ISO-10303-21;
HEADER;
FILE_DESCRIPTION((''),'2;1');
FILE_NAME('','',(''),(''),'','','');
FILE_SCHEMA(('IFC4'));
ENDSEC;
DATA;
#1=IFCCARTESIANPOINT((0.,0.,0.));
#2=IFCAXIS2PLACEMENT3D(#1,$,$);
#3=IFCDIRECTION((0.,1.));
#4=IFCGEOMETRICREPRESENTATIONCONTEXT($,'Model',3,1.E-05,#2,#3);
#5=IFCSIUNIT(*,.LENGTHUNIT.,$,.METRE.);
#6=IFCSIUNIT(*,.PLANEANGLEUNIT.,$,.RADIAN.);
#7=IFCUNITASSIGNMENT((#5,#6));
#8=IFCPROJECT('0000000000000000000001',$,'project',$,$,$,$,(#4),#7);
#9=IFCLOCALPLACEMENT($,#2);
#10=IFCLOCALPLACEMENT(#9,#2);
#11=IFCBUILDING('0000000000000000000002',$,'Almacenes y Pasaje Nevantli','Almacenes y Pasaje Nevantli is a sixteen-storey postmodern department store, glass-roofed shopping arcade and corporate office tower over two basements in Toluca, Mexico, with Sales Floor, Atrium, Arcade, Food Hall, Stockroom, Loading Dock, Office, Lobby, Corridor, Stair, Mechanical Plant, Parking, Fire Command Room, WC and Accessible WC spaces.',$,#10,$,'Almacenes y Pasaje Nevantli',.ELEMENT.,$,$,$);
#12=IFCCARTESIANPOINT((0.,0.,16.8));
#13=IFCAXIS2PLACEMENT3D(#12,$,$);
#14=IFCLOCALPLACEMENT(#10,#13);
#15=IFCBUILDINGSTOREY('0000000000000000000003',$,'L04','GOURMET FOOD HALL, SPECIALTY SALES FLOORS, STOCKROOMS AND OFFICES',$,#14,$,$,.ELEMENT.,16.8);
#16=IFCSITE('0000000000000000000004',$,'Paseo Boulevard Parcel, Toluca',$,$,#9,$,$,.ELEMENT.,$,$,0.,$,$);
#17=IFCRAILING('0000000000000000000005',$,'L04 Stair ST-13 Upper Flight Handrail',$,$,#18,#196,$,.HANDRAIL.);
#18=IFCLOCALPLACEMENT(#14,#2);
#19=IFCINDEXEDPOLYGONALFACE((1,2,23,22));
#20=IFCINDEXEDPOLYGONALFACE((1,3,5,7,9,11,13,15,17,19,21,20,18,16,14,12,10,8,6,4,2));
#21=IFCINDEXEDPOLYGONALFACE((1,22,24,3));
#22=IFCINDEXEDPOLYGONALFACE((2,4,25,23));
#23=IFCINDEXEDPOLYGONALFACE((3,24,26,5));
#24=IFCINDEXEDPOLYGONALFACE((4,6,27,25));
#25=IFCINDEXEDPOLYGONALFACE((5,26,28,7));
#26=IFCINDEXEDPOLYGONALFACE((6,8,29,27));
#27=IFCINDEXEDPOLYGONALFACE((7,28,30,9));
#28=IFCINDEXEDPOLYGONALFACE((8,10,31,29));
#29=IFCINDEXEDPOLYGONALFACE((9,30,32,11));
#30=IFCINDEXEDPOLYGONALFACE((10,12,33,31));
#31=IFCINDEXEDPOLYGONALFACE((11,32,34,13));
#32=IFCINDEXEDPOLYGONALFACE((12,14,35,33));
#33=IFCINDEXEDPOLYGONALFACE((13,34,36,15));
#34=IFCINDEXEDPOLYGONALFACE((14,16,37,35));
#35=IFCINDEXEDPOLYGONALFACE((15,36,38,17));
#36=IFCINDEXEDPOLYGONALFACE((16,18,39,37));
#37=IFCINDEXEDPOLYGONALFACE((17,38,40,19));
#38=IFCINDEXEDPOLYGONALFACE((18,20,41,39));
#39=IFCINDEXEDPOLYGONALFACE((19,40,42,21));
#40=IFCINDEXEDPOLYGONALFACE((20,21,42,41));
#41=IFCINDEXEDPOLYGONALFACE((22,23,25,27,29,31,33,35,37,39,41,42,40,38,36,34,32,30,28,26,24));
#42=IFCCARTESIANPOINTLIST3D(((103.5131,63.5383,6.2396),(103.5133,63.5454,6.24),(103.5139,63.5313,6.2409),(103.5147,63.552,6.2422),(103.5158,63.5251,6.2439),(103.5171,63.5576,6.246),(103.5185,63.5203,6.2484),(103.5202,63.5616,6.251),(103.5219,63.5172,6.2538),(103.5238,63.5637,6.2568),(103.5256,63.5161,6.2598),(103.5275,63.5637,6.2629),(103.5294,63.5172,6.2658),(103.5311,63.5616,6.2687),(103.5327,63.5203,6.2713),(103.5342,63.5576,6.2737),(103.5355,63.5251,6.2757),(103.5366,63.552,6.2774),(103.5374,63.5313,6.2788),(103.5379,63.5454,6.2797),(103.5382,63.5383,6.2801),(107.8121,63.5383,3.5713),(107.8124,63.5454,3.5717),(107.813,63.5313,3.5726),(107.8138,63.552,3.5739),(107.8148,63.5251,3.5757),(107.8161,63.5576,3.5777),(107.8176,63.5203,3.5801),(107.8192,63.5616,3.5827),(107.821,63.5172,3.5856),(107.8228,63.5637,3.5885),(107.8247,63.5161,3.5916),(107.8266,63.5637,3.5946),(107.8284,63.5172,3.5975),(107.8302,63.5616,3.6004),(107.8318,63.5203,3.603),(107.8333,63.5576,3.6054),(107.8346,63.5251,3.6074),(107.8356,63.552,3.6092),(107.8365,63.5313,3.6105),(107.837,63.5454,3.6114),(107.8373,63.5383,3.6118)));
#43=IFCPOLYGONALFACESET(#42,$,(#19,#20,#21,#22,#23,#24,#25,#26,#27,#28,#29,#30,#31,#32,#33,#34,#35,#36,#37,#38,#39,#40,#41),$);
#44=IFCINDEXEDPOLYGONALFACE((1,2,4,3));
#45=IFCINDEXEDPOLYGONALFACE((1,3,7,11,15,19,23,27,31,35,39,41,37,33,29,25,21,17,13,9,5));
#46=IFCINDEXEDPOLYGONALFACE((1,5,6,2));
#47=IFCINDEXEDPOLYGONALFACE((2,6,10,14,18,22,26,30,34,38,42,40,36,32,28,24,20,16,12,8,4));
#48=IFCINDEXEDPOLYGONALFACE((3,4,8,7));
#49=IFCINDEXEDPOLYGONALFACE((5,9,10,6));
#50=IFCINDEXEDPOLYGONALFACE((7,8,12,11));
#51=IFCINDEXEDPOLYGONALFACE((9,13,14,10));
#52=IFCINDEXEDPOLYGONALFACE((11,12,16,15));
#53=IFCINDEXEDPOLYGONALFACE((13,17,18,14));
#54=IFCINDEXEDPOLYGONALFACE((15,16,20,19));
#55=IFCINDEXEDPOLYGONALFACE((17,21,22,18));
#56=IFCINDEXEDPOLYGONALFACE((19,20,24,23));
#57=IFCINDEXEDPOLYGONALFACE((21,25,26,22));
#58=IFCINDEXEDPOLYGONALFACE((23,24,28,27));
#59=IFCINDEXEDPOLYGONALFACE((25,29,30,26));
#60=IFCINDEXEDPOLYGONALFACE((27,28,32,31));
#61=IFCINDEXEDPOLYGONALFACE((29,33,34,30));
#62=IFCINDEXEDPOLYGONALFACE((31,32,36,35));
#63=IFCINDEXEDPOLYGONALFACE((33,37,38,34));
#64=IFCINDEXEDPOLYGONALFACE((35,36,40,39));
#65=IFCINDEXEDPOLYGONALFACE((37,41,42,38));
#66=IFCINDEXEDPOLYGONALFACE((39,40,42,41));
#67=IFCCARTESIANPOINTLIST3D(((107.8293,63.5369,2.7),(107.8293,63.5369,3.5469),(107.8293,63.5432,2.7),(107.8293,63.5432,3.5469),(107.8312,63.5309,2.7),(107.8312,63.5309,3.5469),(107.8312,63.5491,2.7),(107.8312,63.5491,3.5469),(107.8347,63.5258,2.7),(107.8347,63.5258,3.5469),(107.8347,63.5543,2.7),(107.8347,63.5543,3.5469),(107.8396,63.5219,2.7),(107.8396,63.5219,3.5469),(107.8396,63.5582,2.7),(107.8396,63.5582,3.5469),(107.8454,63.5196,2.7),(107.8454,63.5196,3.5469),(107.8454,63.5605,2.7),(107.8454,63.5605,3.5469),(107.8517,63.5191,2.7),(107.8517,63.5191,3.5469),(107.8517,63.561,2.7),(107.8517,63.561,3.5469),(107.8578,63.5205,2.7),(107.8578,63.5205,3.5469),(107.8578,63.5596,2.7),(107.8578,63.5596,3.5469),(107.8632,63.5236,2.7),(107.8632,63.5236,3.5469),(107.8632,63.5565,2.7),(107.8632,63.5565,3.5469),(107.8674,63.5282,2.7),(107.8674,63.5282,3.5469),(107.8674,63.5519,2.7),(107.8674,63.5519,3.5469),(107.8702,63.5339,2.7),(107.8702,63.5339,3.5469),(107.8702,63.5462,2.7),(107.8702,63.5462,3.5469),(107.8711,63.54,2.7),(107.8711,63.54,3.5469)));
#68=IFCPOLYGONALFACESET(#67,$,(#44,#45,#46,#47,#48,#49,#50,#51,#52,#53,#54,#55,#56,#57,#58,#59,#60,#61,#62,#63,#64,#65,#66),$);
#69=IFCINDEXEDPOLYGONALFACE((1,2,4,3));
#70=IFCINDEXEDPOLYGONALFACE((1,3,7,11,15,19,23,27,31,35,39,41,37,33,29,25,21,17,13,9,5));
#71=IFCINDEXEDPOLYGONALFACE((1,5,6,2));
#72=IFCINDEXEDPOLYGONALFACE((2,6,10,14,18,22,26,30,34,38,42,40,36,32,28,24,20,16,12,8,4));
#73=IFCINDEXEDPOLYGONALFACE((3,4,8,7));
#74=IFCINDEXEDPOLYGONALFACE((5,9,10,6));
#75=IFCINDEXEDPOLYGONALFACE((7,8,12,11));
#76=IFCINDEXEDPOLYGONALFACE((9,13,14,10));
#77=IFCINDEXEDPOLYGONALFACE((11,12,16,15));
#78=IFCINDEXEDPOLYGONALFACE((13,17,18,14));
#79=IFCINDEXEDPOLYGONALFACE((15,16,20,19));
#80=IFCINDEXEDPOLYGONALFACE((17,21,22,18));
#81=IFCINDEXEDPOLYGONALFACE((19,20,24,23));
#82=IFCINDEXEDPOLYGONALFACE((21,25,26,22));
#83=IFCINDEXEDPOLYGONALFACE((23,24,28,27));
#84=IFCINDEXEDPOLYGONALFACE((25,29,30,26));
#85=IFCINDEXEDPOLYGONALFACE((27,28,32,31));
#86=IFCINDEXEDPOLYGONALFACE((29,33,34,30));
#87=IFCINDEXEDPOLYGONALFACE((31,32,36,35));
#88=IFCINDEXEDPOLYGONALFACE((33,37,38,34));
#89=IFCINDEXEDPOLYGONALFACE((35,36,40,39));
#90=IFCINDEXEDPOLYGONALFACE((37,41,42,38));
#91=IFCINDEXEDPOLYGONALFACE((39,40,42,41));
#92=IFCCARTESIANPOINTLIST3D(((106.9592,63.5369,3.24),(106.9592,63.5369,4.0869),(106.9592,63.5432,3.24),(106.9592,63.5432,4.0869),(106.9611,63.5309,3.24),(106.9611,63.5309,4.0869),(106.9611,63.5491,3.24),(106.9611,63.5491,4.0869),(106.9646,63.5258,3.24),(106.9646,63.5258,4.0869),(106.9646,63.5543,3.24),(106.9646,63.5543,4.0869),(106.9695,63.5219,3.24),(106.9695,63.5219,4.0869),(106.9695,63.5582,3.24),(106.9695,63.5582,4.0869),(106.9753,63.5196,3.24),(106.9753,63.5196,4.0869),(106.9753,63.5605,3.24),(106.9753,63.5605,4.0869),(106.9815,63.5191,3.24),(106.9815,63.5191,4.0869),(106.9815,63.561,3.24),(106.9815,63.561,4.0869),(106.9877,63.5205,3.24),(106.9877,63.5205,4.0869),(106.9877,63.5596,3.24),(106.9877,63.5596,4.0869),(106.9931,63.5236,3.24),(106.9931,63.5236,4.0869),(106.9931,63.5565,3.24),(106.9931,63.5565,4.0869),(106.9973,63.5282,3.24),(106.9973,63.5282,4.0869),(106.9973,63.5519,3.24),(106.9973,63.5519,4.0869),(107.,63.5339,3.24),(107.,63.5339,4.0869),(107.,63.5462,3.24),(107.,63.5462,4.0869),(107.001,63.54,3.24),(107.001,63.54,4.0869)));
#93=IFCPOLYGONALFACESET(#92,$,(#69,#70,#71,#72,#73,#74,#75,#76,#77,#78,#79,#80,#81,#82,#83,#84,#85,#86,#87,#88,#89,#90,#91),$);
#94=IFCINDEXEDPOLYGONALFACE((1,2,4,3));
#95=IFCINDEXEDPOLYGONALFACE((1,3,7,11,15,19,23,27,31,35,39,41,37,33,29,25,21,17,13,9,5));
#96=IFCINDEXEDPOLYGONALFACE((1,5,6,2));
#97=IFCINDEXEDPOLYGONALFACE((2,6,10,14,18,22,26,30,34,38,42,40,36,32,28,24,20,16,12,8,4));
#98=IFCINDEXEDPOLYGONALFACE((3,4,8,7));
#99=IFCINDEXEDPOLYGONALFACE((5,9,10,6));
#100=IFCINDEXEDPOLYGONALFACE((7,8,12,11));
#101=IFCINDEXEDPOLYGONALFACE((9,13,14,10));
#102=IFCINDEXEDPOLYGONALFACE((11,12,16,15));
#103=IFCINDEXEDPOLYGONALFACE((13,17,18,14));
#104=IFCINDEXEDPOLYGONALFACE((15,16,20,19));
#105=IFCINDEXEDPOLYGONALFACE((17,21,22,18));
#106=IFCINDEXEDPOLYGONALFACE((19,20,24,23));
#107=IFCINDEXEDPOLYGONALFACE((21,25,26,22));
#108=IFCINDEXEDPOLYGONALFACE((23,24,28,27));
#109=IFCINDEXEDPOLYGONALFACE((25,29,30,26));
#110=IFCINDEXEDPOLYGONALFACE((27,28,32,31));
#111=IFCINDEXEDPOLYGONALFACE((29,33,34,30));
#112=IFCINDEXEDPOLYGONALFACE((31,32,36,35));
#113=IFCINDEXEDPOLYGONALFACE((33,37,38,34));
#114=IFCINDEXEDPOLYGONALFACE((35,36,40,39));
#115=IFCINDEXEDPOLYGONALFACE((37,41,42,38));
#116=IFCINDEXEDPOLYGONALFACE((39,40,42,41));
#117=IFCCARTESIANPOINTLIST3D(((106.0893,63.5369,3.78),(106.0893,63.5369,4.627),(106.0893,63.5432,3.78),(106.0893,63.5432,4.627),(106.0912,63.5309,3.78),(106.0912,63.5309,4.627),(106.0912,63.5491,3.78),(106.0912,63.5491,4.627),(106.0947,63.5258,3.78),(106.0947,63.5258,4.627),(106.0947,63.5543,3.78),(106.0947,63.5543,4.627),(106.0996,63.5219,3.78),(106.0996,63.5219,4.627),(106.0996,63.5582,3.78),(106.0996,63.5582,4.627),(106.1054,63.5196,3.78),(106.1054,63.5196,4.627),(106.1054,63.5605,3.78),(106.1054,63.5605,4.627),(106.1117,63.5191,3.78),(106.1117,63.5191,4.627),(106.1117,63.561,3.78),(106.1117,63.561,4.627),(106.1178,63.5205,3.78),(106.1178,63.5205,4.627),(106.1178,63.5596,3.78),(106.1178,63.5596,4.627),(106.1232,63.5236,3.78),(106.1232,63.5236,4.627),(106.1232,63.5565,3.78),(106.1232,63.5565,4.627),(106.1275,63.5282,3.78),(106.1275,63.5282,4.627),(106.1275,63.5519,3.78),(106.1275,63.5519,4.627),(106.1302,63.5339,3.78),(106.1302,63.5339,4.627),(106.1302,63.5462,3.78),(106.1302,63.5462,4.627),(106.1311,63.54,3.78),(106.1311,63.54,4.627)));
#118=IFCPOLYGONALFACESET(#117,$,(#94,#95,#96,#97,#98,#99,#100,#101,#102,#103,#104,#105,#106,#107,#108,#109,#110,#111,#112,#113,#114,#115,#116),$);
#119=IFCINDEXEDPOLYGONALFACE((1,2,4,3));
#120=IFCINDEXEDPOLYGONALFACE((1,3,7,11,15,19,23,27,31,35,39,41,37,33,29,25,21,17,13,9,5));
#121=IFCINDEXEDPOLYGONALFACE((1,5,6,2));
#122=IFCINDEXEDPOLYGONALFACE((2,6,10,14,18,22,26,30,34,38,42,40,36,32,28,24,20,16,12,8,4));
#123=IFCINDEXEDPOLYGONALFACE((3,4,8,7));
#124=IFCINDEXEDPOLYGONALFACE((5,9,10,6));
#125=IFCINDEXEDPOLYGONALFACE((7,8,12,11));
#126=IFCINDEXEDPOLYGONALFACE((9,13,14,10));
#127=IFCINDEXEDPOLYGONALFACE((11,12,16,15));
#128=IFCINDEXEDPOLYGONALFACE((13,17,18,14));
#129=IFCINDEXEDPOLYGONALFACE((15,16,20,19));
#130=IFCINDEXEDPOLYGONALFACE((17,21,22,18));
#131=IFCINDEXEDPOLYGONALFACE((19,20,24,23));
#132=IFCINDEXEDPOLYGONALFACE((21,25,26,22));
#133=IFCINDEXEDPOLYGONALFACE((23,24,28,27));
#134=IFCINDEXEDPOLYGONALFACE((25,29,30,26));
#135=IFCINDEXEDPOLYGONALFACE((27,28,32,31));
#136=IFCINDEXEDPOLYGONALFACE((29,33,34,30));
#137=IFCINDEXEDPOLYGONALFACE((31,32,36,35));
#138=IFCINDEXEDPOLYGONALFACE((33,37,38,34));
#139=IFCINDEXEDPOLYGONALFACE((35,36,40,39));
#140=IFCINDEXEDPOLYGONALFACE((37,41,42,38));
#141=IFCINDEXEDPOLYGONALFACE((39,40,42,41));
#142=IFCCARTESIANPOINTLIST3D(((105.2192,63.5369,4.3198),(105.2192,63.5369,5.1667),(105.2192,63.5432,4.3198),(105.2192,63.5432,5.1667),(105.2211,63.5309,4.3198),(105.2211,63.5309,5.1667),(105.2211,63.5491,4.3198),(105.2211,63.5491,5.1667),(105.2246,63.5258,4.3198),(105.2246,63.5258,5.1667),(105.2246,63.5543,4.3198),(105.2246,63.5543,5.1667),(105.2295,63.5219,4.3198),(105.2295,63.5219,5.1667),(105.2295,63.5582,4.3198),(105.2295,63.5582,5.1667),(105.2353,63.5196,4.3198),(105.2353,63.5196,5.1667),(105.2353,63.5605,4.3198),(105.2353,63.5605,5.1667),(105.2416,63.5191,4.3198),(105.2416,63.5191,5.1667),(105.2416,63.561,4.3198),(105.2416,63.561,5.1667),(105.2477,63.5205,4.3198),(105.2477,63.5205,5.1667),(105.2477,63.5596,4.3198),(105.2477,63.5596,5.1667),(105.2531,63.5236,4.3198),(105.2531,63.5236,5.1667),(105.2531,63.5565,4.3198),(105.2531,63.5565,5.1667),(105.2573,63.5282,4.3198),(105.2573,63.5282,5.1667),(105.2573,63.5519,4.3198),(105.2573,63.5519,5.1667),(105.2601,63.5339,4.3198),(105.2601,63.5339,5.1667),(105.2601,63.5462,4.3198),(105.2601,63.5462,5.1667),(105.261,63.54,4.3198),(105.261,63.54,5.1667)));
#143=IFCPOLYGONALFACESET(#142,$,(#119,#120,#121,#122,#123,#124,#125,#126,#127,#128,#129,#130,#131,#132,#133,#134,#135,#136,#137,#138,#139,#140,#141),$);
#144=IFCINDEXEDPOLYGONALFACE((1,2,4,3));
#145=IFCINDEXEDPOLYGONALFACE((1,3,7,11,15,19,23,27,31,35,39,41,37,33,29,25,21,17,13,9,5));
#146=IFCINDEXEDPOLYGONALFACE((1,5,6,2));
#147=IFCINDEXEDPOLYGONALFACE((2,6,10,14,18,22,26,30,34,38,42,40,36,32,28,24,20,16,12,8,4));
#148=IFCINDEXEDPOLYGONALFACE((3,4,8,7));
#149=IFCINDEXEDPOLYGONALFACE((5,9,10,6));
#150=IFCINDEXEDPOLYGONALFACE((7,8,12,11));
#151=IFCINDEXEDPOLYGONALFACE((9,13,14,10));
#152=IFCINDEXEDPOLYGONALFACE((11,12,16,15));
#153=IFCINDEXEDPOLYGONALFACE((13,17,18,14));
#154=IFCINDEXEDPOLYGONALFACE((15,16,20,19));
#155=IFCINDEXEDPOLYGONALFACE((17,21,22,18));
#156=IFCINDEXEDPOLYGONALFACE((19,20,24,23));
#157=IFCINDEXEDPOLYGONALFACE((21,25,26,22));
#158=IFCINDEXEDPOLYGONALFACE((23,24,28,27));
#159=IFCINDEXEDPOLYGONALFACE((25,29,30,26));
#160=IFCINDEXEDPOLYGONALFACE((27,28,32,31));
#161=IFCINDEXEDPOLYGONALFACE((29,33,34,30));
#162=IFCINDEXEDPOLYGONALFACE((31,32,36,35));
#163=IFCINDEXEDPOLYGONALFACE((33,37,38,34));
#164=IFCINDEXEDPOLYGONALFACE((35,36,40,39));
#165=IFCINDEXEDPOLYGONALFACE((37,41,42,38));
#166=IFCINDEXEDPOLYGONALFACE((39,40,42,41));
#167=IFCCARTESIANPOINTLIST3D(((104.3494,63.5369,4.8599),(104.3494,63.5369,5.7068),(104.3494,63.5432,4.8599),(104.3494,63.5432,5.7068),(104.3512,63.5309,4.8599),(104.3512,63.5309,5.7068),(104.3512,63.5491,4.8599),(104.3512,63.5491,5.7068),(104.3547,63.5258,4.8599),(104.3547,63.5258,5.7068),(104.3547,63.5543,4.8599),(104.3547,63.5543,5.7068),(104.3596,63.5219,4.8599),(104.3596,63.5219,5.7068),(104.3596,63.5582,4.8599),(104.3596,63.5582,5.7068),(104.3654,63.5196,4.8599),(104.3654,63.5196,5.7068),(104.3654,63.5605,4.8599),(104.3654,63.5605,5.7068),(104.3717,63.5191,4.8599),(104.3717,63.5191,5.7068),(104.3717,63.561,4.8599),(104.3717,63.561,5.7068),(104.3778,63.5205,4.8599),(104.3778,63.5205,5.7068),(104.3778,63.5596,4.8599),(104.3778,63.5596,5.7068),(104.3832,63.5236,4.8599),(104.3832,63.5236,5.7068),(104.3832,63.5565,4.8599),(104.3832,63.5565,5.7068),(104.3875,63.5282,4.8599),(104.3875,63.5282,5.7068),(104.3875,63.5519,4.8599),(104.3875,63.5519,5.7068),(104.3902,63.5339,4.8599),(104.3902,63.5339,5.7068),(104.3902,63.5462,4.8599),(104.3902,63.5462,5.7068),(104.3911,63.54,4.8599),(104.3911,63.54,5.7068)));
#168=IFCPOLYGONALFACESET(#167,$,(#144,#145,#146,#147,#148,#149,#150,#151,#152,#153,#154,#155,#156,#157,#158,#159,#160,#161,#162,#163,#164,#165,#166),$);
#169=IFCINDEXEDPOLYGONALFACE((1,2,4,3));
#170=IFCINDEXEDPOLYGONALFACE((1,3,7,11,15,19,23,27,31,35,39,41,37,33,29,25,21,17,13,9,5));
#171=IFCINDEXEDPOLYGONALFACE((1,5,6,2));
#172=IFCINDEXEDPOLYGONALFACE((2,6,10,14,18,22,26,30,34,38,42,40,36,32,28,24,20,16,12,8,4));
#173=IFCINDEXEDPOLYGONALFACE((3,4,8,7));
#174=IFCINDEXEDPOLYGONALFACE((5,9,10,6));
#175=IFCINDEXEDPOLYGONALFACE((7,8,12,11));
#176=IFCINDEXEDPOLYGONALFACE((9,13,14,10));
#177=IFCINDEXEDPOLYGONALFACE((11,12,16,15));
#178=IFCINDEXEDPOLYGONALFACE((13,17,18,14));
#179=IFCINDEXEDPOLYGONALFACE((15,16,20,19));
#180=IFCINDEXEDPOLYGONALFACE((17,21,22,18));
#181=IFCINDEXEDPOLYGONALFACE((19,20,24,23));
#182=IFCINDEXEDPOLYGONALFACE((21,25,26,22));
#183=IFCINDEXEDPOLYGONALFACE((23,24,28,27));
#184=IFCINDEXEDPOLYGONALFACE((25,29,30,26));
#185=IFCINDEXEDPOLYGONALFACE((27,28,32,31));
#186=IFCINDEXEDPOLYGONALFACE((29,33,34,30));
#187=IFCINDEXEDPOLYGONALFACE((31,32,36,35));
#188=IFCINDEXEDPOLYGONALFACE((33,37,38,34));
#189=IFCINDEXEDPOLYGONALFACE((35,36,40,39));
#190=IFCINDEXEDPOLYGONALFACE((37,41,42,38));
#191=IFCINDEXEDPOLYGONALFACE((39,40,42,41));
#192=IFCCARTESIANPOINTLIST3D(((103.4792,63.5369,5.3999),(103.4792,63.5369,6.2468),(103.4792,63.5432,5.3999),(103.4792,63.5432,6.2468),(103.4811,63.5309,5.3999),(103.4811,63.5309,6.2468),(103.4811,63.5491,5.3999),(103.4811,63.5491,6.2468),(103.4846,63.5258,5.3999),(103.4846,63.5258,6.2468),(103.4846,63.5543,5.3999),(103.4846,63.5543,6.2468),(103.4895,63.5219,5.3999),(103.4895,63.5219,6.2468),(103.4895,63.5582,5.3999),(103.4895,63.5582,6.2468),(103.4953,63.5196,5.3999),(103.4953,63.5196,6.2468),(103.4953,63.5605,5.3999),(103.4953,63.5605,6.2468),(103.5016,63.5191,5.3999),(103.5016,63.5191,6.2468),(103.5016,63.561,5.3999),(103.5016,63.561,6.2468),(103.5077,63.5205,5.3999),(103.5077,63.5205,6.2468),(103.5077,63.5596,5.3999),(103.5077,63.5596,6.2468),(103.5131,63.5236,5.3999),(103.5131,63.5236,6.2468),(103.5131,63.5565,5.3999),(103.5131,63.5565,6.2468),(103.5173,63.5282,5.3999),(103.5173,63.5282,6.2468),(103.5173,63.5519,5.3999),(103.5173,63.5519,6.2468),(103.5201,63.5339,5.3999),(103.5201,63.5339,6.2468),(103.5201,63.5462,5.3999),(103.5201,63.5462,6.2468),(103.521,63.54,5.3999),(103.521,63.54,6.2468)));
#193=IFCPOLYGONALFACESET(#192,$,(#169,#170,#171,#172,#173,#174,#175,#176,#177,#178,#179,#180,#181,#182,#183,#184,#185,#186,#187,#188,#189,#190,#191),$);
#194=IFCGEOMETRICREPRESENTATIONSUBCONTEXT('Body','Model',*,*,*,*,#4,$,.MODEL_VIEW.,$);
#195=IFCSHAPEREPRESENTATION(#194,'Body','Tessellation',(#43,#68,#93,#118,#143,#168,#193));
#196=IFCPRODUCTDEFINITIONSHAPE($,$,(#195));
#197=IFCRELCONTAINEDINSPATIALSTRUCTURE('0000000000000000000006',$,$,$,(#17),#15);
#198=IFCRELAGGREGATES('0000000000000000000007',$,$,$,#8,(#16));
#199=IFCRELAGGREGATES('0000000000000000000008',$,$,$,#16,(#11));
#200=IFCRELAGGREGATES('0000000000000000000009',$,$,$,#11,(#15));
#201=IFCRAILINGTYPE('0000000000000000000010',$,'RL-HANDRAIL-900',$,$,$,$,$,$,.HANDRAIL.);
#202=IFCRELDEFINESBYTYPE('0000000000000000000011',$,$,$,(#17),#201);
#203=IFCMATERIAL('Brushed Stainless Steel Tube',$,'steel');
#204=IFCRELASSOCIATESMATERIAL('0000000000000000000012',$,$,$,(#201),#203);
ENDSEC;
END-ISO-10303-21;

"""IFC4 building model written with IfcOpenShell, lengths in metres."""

from ifc_helpers import new_model, si_unit, direction, frame, origin, origin_2d, place, context, subcontext, project, spatial, circle, extrude, material, type_object, element, save


model = new_model("IFC4")

# Units and contexts
model_context = context("Model", 3, precision=1e-05, world=origin(), true_north=direction((0.0, 1.0)))
body_context = subcontext(model_context, "Body", "Model", "MODEL_VIEW")
ifc_project = project(units=[si_unit("LENGTHUNIT", "METRE"), si_unit("PLANEANGLEUNIT", "RADIAN")], contexts=[model_context])

# Site, building, storey
site_placement = place(None, origin())
site = spatial("IfcSite", under=ifc_project, at=site_placement, Name="Paseo Boulevard Parcel, Toluca", CompositionType="ELEMENT", RefElevation=0.0)
building_placement = place(site_placement, origin())
building = spatial("IfcBuilding", under=site, at=building_placement, Name="Almacenes y Pasaje Nevantli", Description="Almacenes y Pasaje Nevantli is a sixteen-storey postmodern department store, glass-roofed shopping arcade and corporate office tower over two basements in Toluca, Mexico, with Sales Floor, Atrium, Arcade, Food Hall, Stockroom, Loading Dock, Office, Lobby, Corridor, Stair, Mechanical Plant, Parking, Fire Command Room, WC and Accessible WC spaces.", LongName="Almacenes y Pasaje Nevantli", CompositionType="ELEMENT")
storey_placement = place(building_placement, frame((0.0, 0.0, 16.8)))
storey = spatial("IfcBuildingStorey", under=building, at=storey_placement, Name="L04", Description="GOURMET FOOD HALL, SPECIALTY SALES FLOORS, STOCKROOMS AND OFFICES", CompositionType="ELEMENT", Elevation=16.8)

# Railing
ifc_material_1 = material(Name="Brushed Stainless Steel Tube", Category="steel")
railing_type = type_object("IfcRailingType", Name="RL-HANDRAIL-900", PredefinedType="HANDRAIL", material=ifc_material_1)
railing_placement = place(storey_placement, frame((107.8501, 63.54, 2.7)))
element("IfcRailing", 1, at=railing_placement, inside=storey, type_object=railing_type, Name="L04 Stair ST-13 Upper Flight Handrail", PredefinedType="HANDRAIL", context=body_context, shape_type="SweptSolid", body=[
    extrude(circle(Radius=0.0239, at=origin_2d()), frame((-0.0254, 0.0, 0.8916), z_axis=(-0.84965, 0.0, 0.527347), x_axis=(0.0, -1.0, 0.0)), (0.0, 0.0, 1.0), 5.0598),
    extrude(circle(Radius=0.021, at=origin_2d()), origin(), (0.0, 0.0, 1.0), 0.8469),
    extrude(circle(Radius=0.021, at=origin_2d()), frame((-0.8701, 0.0, 0.54)), (0.0, 0.0, 1.0), 0.8469),
    extrude(circle(Radius=0.021, at=origin_2d()), frame((-1.74, 0.0, 1.0801)), (0.0, 0.0, 1.0), 0.8469),
    extrude(circle(Radius=0.021, at=origin_2d()), frame((-2.6101, 0.0, 1.6199)), (0.0, 0.0, 1.0), 0.8469),
    extrude(circle(Radius=0.021, at=origin_2d()), frame((-3.48, 0.0, 2.1599)), (0.0, 0.0, 1.0), 0.8469),
    extrude(circle(Radius=0.021, at=origin_2d()), frame((-4.3501, 0.0, 2.7)), (0.0, 0.0, 1.0), 0.8469),
])

save(model, "model.ifc")
